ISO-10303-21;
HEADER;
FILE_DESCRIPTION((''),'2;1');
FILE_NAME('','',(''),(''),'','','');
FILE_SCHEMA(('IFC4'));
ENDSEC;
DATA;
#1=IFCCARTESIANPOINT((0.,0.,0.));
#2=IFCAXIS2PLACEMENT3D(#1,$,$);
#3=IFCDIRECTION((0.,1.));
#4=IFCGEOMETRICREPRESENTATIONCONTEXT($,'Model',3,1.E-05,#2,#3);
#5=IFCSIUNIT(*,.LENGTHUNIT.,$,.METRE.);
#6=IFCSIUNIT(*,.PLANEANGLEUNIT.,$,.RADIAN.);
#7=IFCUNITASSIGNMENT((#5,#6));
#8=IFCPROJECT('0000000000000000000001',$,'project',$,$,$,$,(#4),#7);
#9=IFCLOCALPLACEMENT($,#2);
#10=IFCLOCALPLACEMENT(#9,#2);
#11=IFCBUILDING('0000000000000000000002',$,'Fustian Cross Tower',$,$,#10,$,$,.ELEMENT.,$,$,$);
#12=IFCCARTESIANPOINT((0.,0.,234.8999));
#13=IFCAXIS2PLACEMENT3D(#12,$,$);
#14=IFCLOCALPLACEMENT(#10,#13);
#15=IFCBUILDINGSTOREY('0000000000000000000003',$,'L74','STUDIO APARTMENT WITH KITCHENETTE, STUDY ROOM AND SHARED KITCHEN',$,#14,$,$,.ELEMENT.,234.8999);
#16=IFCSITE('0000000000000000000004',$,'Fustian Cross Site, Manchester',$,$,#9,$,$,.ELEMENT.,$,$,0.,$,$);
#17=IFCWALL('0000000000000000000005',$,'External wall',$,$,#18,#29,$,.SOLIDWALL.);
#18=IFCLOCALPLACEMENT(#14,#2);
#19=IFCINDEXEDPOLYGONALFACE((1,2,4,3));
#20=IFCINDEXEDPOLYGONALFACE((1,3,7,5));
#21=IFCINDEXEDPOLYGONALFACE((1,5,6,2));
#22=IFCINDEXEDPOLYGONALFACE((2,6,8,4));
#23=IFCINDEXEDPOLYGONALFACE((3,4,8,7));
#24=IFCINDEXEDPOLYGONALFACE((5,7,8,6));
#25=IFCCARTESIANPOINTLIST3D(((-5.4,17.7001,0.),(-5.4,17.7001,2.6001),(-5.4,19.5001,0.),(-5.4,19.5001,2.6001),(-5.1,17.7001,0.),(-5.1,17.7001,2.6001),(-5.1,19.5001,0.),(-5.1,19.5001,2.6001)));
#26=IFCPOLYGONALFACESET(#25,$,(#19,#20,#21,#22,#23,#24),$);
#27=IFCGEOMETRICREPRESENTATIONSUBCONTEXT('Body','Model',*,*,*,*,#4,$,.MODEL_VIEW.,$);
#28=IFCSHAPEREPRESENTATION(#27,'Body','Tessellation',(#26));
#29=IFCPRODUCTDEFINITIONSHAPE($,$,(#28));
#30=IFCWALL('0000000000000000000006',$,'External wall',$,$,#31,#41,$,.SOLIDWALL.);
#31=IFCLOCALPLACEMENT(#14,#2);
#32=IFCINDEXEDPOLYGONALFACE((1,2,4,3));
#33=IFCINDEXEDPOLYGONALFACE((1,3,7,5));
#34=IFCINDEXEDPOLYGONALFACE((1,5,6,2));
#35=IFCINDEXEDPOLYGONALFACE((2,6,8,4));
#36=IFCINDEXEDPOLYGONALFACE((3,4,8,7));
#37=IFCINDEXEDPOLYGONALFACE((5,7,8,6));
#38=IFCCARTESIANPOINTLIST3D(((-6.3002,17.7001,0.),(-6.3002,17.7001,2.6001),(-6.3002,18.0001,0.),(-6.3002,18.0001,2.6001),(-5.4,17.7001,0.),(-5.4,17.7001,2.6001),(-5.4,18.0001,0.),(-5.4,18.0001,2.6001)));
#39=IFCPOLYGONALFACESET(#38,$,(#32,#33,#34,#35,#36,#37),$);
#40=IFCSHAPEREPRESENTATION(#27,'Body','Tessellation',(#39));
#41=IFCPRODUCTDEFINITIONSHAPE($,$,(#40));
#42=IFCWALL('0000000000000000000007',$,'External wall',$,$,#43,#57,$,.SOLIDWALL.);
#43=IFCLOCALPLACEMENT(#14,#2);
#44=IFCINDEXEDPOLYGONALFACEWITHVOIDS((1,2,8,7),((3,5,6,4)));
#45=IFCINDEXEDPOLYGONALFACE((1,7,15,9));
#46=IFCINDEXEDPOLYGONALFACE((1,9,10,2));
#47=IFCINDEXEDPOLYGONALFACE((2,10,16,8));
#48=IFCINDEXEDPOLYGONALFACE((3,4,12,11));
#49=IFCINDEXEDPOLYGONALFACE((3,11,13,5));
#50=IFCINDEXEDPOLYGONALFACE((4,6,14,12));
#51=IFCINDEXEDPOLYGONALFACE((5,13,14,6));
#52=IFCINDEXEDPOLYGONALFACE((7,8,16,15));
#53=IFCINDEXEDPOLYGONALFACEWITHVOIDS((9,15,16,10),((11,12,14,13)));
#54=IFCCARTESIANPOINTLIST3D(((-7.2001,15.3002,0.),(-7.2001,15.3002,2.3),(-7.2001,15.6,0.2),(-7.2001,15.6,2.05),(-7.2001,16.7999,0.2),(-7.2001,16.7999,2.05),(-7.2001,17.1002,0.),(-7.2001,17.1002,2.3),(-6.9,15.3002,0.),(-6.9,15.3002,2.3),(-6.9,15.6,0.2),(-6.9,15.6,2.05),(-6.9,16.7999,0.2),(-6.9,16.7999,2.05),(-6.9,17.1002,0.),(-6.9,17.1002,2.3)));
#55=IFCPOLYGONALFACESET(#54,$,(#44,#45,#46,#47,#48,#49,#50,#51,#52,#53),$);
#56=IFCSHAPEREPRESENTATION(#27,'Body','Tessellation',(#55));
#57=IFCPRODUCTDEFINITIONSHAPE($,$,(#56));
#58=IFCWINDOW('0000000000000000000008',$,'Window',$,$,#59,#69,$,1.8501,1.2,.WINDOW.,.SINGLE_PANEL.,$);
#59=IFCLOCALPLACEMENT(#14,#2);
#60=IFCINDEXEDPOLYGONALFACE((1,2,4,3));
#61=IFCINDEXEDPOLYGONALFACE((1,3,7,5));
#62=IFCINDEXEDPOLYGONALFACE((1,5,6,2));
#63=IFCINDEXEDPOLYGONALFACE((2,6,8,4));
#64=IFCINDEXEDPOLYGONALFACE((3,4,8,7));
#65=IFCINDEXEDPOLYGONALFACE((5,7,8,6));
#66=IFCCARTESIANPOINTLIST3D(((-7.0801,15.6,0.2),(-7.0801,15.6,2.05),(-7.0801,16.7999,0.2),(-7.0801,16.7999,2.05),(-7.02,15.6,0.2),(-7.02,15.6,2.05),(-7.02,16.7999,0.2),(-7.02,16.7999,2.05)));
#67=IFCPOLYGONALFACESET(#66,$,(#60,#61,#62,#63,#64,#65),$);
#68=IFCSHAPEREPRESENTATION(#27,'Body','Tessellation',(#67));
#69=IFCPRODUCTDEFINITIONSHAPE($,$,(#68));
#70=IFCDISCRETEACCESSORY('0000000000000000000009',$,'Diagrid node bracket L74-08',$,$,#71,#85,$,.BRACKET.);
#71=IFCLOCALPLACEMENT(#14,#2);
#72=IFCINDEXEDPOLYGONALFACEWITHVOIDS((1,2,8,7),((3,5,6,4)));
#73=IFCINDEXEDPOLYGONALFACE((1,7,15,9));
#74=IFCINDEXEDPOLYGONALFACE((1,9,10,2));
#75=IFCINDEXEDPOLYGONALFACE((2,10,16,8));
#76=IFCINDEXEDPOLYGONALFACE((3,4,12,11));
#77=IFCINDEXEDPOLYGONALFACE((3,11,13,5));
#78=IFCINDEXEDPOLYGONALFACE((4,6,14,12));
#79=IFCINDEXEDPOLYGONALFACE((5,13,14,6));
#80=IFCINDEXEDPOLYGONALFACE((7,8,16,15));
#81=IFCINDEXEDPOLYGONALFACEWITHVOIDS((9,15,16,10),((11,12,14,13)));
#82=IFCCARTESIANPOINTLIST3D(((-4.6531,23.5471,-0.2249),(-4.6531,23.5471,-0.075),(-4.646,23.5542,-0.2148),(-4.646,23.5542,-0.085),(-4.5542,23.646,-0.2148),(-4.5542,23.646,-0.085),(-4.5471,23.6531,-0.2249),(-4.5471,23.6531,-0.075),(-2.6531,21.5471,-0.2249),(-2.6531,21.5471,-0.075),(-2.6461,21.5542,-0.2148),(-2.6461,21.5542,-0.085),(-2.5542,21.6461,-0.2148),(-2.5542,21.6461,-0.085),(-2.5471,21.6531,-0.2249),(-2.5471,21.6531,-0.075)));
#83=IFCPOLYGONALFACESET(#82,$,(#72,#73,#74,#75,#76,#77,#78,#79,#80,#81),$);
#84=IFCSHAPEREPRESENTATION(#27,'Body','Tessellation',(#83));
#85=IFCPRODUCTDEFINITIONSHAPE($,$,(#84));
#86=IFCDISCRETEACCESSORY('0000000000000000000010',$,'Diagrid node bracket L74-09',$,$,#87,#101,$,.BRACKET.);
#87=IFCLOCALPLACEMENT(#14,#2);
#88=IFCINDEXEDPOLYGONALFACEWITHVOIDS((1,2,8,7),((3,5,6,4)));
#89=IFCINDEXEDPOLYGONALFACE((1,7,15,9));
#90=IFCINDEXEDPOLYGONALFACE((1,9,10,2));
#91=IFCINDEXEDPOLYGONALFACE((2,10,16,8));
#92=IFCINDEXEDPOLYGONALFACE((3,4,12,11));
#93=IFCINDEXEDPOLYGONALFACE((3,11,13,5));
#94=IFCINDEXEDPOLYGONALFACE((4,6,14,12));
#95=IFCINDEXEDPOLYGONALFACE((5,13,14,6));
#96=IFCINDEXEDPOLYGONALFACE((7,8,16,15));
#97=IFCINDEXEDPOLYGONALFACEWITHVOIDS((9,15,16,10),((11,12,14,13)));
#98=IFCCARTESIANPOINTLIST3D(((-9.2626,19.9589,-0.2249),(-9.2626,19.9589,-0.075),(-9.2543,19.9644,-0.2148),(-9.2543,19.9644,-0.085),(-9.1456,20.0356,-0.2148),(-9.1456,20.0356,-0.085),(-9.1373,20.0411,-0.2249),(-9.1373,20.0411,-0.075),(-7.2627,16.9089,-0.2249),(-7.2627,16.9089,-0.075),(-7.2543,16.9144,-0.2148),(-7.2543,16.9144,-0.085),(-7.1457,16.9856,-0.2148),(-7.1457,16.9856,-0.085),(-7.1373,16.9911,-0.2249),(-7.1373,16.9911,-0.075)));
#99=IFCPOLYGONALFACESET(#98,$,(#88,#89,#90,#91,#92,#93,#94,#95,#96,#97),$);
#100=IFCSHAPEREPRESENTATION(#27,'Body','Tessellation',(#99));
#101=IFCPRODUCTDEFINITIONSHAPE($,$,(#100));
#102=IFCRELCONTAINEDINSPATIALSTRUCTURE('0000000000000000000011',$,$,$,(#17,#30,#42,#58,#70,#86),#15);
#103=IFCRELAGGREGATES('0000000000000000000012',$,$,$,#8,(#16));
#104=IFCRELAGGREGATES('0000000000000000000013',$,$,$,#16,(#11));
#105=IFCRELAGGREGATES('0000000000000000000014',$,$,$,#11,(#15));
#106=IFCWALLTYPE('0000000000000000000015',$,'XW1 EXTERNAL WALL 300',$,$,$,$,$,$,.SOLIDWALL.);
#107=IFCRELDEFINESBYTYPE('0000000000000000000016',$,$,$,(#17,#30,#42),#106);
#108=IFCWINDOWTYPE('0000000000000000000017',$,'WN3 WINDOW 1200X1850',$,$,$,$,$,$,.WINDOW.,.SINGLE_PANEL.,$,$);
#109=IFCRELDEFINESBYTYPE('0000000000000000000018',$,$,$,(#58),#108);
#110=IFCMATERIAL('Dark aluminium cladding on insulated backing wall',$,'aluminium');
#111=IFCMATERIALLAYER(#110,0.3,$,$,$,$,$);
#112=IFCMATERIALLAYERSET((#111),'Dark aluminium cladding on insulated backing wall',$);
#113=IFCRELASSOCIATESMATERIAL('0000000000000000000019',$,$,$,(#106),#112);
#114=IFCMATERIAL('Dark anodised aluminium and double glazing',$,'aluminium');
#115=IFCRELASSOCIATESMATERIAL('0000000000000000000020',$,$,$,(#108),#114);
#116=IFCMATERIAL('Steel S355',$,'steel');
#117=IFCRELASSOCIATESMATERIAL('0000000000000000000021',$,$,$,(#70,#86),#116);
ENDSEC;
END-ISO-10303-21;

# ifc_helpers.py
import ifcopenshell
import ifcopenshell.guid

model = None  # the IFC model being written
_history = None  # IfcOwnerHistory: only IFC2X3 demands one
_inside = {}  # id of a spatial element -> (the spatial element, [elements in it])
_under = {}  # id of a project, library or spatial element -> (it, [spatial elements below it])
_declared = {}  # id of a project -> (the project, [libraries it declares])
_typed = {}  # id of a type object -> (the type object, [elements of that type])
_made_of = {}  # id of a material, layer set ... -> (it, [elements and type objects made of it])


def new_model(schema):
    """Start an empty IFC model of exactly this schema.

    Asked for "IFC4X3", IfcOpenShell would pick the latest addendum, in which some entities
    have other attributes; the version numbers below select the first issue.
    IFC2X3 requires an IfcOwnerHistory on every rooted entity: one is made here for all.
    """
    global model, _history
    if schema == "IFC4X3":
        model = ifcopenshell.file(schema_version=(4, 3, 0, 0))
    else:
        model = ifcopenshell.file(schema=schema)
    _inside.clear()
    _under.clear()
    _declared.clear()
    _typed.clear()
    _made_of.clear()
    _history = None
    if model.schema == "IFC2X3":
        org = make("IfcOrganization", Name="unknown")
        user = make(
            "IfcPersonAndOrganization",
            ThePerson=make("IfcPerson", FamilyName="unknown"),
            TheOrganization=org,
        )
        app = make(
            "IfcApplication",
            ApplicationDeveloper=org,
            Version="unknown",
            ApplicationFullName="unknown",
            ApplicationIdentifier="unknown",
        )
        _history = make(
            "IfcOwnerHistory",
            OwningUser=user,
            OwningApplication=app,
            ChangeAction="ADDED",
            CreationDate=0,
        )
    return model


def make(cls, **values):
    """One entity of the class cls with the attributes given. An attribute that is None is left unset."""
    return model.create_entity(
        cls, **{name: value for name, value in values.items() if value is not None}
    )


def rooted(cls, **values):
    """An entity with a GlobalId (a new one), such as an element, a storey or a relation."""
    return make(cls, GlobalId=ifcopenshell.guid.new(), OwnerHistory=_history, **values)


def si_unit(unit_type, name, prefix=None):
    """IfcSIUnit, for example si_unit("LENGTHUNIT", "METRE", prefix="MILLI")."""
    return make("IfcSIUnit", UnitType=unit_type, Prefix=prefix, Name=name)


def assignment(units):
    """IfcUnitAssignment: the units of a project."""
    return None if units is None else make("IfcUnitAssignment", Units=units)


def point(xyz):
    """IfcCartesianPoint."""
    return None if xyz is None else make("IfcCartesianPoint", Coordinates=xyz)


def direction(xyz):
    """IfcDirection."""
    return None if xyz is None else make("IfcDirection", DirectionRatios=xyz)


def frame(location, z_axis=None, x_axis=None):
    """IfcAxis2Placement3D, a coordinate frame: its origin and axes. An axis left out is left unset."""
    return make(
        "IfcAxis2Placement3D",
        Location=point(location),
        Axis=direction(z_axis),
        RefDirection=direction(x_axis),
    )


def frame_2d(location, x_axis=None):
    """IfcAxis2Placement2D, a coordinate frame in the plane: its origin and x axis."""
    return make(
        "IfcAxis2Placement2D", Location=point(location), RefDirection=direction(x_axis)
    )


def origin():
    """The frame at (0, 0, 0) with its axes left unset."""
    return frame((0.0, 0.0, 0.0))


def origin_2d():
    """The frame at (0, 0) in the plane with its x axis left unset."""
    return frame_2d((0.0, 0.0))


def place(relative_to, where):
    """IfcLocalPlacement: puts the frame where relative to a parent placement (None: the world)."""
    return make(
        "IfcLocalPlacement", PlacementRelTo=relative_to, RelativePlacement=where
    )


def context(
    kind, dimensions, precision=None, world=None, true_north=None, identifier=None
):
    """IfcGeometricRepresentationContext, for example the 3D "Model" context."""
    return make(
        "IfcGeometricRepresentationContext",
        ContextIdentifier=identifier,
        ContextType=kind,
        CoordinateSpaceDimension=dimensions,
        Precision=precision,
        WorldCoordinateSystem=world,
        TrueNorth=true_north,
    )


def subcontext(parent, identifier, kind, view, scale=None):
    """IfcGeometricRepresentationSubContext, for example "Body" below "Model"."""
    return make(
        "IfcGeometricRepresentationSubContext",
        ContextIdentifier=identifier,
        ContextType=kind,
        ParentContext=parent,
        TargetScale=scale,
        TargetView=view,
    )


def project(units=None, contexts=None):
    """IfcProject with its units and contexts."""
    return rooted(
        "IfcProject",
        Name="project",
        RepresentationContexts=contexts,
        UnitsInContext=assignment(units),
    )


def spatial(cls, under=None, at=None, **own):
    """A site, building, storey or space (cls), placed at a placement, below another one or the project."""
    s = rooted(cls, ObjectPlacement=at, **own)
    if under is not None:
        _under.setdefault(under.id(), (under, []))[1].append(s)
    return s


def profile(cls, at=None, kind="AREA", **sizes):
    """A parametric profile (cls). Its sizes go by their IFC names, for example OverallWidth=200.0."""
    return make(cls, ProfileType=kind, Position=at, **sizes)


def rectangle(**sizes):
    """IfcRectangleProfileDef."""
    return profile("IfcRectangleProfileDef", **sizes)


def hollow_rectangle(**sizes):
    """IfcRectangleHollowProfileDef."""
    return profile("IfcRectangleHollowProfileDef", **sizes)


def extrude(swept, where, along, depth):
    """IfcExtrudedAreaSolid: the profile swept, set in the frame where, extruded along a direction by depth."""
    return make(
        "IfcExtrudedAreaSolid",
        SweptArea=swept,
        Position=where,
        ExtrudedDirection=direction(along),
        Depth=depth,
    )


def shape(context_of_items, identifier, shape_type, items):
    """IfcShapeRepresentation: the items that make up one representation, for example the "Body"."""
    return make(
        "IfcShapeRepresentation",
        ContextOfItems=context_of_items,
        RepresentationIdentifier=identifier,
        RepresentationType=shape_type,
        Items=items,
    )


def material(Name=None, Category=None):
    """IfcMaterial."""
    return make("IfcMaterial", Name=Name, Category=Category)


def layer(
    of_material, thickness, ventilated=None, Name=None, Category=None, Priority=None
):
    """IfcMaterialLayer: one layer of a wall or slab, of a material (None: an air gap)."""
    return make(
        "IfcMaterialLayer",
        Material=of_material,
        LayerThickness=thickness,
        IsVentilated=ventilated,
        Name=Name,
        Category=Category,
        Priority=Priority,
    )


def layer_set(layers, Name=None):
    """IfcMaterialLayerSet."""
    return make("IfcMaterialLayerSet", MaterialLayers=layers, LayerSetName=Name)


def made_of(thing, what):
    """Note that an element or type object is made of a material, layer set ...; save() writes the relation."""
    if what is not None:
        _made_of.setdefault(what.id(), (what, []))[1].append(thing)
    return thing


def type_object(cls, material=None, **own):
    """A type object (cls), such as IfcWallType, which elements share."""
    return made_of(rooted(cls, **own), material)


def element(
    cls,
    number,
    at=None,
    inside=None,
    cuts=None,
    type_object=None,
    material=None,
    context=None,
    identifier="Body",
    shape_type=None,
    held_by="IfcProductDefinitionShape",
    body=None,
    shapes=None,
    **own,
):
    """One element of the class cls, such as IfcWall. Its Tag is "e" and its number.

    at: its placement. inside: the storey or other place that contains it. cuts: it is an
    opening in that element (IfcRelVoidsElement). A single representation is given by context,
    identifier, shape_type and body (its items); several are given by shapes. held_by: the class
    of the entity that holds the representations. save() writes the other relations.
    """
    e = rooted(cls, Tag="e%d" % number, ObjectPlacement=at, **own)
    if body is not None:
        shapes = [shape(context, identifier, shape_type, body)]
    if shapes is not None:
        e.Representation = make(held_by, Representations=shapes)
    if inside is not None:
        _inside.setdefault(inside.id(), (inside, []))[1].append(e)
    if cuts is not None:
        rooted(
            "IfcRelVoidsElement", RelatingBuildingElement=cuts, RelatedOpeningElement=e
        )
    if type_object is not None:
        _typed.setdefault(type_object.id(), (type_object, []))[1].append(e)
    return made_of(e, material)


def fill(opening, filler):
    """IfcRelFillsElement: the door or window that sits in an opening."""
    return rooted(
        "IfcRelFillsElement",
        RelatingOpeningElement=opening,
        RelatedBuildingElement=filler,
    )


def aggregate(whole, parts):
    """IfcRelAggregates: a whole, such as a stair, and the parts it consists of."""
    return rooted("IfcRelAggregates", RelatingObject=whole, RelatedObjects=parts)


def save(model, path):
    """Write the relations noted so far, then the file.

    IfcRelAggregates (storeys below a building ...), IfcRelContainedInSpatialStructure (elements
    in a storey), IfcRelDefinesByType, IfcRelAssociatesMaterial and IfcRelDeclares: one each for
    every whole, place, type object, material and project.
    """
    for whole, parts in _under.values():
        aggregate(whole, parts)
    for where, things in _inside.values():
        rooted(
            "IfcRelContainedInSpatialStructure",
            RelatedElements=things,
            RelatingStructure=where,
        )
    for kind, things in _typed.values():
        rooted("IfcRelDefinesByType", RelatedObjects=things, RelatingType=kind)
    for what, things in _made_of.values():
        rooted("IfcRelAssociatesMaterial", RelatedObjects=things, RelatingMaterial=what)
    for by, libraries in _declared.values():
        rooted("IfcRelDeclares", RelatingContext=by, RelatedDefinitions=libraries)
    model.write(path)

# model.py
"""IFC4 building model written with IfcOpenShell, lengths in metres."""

from ifc_helpers import new_model, si_unit, direction, frame, frame_2d, origin, origin_2d, place, context, subcontext, project, spatial, rectangle, hollow_rectangle, extrude, material, layer, layer_set, type_object, element, fill, save


model = new_model("IFC4")

# Units and contexts
model_context = context("Model", 3, precision=1e-05, world=origin(), true_north=direction((0.0, 1.0)))
body_context = subcontext(model_context, "Body", "Model", "MODEL_VIEW")
ifc_project = project(units=[si_unit("LENGTHUNIT", "METRE"), si_unit("PLANEANGLEUNIT", "RADIAN")], contexts=[model_context])

# Site, building, storey
site_placement = place(None, origin())
site = spatial("IfcSite", under=ifc_project, at=site_placement, Name="Fustian Cross Site, Manchester", CompositionType="ELEMENT", RefElevation=0.0)
building_placement = place(site_placement, origin())
building = spatial("IfcBuilding", under=site, at=building_placement, Name="Fustian Cross Tower", CompositionType="ELEMENT")
storey_placement = place(building_placement, frame((0.0, 0.0, 234.8999)))
storey = spatial("IfcBuildingStorey", under=building, at=storey_placement, Name="L74", Description="STUDIO APARTMENT WITH KITCHENETTE, STUDY ROOM AND SHARED KITCHEN", CompositionType="ELEMENT", Elevation=234.8999)

# Shared definitions
ifc_material_1 = material(Name="Dark aluminium cladding on insulated backing wall", Category="aluminium")
ifc_layer_1 = layer(ifc_material_1, 0.3)
ifc_layer_set_1 = layer_set([ifc_layer_1], Name="Dark aluminium cladding on insulated backing wall")
wall_type_1 = type_object("IfcWallType", Name="XW1 EXTERNAL WALL 300", PredefinedType="SOLIDWALL", material=ifc_layer_set_1)

# Shared definitions
ifc_material_2 = material(Name="Dark anodised aluminium and double glazing", Category="aluminium")
window_type = type_object("IfcWindowType", Name="WN3 WINDOW 1200X1850", PartitioningType="SINGLE_PANEL", PredefinedType="WINDOW", material=ifc_material_2)

# Walls
wall_1_placement = place(storey_placement, frame((-5.25, 19.5, 0.0), z_axis=(0.0, 0.0, 1.0), x_axis=(0.0, -1.0, 0.0)))
element("IfcWall", 1, at=wall_1_placement, inside=storey, type_object=wall_type_1, Name="External wall", PredefinedType="SOLIDWALL", context=body_context, shape_type="SweptSolid", body=[
    extrude(rectangle(XDim=1.8, YDim=0.3, at=frame_2d((0.8999, 0.0))), origin(), (0.0, 0.0, 1.0), 2.6001),
])
wall_2_placement = place(storey_placement, frame((-5.3999, 17.8501, 0.0), z_axis=(0.0, 0.0, 1.0), x_axis=(-1.0, 0.0, 0.0)))
element("IfcWall", 2, at=wall_2_placement, inside=storey, type_object=wall_type_1, Name="External wall", PredefinedType="SOLIDWALL", context=body_context, shape_type="SweptSolid", body=[
    extrude(rectangle(XDim=0.9001, YDim=0.3, at=frame_2d((0.4502, 0.0))), origin(), (0.0, 0.0, 1.0), 2.6001),
])

# Wall, opening, window
wall_3_placement = place(storey_placement, frame((-7.05, 17.1001, 0.0), z_axis=(0.0, 0.0, 1.0), x_axis=(0.0, -1.0, 0.0)))
wall_3 = element("IfcWall", 3, at=wall_3_placement, inside=storey, type_object=wall_type_1, Name="External wall", PredefinedType="SOLIDWALL", context=body_context, shape_type="SweptSolid", body=[
    extrude(rectangle(XDim=1.8, YDim=0.3, at=frame_2d((0.8999, 0.0))), origin(), (0.0, 0.0, 1.0), 2.3),
])
opening_1_placement = place(wall_3_placement, frame((0.3, 0.0, 0.2)))
opening_1 = element("IfcOpeningElement", 4, at=opening_1_placement, cuts=wall_3, PredefinedType="OPENING", context=body_context, shape_type="SweptSolid", body=[
    extrude(rectangle(XDim=1.2, YDim=1.8501, at=frame_2d((0.6001, 0.925))), frame((0.0, 0.1599, 0.0), z_axis=(0.0, -1.0, 0.0), x_axis=(1.0, 0.0, 0.0)), (0.0, 0.0, 1.0), 0.3201),
])
window_1_placement = place(opening_1_placement, origin())
window_1 = element("IfcWindow", 5, at=window_1_placement, inside=storey, type_object=window_type, Name="Window", OverallHeight=1.8501, OverallWidth=1.2, PartitioningType="SINGLE_PANEL", PredefinedType="WINDOW", context=body_context, shape_type="SweptSolid", body=[
    extrude(rectangle(XDim=1.2, YDim=1.8501, at=frame_2d((0.6001, 0.925))), frame((0.0, 0.03, 0.0), z_axis=(0.0, -1.0, 0.0), x_axis=(1.0, 0.0, 0.0)), (0.0, 0.0, 1.0), 0.0601),
])
fill(opening_1, window_1)

# Discrete accessories
ifc_material_3 = material(Name="Steel S355", Category="steel")
discrete_accessory_1_placement = place(storey_placement, frame((-4.6001, 23.6001, -0.1499), z_axis=(0.707107, -0.707107, 0.0), x_axis=(0.707107, 0.707107, 0.0)))
element("IfcDiscreteAccessory", 6, at=discrete_accessory_1_placement, inside=storey, material=ifc_material_3, Name="Diagrid node bracket L74-08", PredefinedType="BRACKET", context=body_context, shape_type="SweptSolid", body=[
    extrude(hollow_rectangle(XDim=0.1499, YDim=0.1499, WallThickness=0.01, at=origin_2d()), origin(), (0.0, 0.0, 1.0), 2.8284),
])
discrete_accessory_2_placement = place(storey_placement, frame((-9.2, 20.0, -0.1499), z_axis=(0.548351, -0.836248, 0.0), x_axis=(0.836248, 0.548351, 0.0)))
element("IfcDiscreteAccessory", 7, at=discrete_accessory_2_placement, inside=storey, material=ifc_material_3, Name="Diagrid node bracket L74-09", PredefinedType="BRACKET", context=body_context, shape_type="SweptSolid", body=[
    extrude(hollow_rectangle(XDim=0.1499, YDim=0.1499, WallThickness=0.01, at=origin_2d()), origin(), (0.0, 0.0, 1.0), 3.6472),
])

save(model, "model.ifc")
